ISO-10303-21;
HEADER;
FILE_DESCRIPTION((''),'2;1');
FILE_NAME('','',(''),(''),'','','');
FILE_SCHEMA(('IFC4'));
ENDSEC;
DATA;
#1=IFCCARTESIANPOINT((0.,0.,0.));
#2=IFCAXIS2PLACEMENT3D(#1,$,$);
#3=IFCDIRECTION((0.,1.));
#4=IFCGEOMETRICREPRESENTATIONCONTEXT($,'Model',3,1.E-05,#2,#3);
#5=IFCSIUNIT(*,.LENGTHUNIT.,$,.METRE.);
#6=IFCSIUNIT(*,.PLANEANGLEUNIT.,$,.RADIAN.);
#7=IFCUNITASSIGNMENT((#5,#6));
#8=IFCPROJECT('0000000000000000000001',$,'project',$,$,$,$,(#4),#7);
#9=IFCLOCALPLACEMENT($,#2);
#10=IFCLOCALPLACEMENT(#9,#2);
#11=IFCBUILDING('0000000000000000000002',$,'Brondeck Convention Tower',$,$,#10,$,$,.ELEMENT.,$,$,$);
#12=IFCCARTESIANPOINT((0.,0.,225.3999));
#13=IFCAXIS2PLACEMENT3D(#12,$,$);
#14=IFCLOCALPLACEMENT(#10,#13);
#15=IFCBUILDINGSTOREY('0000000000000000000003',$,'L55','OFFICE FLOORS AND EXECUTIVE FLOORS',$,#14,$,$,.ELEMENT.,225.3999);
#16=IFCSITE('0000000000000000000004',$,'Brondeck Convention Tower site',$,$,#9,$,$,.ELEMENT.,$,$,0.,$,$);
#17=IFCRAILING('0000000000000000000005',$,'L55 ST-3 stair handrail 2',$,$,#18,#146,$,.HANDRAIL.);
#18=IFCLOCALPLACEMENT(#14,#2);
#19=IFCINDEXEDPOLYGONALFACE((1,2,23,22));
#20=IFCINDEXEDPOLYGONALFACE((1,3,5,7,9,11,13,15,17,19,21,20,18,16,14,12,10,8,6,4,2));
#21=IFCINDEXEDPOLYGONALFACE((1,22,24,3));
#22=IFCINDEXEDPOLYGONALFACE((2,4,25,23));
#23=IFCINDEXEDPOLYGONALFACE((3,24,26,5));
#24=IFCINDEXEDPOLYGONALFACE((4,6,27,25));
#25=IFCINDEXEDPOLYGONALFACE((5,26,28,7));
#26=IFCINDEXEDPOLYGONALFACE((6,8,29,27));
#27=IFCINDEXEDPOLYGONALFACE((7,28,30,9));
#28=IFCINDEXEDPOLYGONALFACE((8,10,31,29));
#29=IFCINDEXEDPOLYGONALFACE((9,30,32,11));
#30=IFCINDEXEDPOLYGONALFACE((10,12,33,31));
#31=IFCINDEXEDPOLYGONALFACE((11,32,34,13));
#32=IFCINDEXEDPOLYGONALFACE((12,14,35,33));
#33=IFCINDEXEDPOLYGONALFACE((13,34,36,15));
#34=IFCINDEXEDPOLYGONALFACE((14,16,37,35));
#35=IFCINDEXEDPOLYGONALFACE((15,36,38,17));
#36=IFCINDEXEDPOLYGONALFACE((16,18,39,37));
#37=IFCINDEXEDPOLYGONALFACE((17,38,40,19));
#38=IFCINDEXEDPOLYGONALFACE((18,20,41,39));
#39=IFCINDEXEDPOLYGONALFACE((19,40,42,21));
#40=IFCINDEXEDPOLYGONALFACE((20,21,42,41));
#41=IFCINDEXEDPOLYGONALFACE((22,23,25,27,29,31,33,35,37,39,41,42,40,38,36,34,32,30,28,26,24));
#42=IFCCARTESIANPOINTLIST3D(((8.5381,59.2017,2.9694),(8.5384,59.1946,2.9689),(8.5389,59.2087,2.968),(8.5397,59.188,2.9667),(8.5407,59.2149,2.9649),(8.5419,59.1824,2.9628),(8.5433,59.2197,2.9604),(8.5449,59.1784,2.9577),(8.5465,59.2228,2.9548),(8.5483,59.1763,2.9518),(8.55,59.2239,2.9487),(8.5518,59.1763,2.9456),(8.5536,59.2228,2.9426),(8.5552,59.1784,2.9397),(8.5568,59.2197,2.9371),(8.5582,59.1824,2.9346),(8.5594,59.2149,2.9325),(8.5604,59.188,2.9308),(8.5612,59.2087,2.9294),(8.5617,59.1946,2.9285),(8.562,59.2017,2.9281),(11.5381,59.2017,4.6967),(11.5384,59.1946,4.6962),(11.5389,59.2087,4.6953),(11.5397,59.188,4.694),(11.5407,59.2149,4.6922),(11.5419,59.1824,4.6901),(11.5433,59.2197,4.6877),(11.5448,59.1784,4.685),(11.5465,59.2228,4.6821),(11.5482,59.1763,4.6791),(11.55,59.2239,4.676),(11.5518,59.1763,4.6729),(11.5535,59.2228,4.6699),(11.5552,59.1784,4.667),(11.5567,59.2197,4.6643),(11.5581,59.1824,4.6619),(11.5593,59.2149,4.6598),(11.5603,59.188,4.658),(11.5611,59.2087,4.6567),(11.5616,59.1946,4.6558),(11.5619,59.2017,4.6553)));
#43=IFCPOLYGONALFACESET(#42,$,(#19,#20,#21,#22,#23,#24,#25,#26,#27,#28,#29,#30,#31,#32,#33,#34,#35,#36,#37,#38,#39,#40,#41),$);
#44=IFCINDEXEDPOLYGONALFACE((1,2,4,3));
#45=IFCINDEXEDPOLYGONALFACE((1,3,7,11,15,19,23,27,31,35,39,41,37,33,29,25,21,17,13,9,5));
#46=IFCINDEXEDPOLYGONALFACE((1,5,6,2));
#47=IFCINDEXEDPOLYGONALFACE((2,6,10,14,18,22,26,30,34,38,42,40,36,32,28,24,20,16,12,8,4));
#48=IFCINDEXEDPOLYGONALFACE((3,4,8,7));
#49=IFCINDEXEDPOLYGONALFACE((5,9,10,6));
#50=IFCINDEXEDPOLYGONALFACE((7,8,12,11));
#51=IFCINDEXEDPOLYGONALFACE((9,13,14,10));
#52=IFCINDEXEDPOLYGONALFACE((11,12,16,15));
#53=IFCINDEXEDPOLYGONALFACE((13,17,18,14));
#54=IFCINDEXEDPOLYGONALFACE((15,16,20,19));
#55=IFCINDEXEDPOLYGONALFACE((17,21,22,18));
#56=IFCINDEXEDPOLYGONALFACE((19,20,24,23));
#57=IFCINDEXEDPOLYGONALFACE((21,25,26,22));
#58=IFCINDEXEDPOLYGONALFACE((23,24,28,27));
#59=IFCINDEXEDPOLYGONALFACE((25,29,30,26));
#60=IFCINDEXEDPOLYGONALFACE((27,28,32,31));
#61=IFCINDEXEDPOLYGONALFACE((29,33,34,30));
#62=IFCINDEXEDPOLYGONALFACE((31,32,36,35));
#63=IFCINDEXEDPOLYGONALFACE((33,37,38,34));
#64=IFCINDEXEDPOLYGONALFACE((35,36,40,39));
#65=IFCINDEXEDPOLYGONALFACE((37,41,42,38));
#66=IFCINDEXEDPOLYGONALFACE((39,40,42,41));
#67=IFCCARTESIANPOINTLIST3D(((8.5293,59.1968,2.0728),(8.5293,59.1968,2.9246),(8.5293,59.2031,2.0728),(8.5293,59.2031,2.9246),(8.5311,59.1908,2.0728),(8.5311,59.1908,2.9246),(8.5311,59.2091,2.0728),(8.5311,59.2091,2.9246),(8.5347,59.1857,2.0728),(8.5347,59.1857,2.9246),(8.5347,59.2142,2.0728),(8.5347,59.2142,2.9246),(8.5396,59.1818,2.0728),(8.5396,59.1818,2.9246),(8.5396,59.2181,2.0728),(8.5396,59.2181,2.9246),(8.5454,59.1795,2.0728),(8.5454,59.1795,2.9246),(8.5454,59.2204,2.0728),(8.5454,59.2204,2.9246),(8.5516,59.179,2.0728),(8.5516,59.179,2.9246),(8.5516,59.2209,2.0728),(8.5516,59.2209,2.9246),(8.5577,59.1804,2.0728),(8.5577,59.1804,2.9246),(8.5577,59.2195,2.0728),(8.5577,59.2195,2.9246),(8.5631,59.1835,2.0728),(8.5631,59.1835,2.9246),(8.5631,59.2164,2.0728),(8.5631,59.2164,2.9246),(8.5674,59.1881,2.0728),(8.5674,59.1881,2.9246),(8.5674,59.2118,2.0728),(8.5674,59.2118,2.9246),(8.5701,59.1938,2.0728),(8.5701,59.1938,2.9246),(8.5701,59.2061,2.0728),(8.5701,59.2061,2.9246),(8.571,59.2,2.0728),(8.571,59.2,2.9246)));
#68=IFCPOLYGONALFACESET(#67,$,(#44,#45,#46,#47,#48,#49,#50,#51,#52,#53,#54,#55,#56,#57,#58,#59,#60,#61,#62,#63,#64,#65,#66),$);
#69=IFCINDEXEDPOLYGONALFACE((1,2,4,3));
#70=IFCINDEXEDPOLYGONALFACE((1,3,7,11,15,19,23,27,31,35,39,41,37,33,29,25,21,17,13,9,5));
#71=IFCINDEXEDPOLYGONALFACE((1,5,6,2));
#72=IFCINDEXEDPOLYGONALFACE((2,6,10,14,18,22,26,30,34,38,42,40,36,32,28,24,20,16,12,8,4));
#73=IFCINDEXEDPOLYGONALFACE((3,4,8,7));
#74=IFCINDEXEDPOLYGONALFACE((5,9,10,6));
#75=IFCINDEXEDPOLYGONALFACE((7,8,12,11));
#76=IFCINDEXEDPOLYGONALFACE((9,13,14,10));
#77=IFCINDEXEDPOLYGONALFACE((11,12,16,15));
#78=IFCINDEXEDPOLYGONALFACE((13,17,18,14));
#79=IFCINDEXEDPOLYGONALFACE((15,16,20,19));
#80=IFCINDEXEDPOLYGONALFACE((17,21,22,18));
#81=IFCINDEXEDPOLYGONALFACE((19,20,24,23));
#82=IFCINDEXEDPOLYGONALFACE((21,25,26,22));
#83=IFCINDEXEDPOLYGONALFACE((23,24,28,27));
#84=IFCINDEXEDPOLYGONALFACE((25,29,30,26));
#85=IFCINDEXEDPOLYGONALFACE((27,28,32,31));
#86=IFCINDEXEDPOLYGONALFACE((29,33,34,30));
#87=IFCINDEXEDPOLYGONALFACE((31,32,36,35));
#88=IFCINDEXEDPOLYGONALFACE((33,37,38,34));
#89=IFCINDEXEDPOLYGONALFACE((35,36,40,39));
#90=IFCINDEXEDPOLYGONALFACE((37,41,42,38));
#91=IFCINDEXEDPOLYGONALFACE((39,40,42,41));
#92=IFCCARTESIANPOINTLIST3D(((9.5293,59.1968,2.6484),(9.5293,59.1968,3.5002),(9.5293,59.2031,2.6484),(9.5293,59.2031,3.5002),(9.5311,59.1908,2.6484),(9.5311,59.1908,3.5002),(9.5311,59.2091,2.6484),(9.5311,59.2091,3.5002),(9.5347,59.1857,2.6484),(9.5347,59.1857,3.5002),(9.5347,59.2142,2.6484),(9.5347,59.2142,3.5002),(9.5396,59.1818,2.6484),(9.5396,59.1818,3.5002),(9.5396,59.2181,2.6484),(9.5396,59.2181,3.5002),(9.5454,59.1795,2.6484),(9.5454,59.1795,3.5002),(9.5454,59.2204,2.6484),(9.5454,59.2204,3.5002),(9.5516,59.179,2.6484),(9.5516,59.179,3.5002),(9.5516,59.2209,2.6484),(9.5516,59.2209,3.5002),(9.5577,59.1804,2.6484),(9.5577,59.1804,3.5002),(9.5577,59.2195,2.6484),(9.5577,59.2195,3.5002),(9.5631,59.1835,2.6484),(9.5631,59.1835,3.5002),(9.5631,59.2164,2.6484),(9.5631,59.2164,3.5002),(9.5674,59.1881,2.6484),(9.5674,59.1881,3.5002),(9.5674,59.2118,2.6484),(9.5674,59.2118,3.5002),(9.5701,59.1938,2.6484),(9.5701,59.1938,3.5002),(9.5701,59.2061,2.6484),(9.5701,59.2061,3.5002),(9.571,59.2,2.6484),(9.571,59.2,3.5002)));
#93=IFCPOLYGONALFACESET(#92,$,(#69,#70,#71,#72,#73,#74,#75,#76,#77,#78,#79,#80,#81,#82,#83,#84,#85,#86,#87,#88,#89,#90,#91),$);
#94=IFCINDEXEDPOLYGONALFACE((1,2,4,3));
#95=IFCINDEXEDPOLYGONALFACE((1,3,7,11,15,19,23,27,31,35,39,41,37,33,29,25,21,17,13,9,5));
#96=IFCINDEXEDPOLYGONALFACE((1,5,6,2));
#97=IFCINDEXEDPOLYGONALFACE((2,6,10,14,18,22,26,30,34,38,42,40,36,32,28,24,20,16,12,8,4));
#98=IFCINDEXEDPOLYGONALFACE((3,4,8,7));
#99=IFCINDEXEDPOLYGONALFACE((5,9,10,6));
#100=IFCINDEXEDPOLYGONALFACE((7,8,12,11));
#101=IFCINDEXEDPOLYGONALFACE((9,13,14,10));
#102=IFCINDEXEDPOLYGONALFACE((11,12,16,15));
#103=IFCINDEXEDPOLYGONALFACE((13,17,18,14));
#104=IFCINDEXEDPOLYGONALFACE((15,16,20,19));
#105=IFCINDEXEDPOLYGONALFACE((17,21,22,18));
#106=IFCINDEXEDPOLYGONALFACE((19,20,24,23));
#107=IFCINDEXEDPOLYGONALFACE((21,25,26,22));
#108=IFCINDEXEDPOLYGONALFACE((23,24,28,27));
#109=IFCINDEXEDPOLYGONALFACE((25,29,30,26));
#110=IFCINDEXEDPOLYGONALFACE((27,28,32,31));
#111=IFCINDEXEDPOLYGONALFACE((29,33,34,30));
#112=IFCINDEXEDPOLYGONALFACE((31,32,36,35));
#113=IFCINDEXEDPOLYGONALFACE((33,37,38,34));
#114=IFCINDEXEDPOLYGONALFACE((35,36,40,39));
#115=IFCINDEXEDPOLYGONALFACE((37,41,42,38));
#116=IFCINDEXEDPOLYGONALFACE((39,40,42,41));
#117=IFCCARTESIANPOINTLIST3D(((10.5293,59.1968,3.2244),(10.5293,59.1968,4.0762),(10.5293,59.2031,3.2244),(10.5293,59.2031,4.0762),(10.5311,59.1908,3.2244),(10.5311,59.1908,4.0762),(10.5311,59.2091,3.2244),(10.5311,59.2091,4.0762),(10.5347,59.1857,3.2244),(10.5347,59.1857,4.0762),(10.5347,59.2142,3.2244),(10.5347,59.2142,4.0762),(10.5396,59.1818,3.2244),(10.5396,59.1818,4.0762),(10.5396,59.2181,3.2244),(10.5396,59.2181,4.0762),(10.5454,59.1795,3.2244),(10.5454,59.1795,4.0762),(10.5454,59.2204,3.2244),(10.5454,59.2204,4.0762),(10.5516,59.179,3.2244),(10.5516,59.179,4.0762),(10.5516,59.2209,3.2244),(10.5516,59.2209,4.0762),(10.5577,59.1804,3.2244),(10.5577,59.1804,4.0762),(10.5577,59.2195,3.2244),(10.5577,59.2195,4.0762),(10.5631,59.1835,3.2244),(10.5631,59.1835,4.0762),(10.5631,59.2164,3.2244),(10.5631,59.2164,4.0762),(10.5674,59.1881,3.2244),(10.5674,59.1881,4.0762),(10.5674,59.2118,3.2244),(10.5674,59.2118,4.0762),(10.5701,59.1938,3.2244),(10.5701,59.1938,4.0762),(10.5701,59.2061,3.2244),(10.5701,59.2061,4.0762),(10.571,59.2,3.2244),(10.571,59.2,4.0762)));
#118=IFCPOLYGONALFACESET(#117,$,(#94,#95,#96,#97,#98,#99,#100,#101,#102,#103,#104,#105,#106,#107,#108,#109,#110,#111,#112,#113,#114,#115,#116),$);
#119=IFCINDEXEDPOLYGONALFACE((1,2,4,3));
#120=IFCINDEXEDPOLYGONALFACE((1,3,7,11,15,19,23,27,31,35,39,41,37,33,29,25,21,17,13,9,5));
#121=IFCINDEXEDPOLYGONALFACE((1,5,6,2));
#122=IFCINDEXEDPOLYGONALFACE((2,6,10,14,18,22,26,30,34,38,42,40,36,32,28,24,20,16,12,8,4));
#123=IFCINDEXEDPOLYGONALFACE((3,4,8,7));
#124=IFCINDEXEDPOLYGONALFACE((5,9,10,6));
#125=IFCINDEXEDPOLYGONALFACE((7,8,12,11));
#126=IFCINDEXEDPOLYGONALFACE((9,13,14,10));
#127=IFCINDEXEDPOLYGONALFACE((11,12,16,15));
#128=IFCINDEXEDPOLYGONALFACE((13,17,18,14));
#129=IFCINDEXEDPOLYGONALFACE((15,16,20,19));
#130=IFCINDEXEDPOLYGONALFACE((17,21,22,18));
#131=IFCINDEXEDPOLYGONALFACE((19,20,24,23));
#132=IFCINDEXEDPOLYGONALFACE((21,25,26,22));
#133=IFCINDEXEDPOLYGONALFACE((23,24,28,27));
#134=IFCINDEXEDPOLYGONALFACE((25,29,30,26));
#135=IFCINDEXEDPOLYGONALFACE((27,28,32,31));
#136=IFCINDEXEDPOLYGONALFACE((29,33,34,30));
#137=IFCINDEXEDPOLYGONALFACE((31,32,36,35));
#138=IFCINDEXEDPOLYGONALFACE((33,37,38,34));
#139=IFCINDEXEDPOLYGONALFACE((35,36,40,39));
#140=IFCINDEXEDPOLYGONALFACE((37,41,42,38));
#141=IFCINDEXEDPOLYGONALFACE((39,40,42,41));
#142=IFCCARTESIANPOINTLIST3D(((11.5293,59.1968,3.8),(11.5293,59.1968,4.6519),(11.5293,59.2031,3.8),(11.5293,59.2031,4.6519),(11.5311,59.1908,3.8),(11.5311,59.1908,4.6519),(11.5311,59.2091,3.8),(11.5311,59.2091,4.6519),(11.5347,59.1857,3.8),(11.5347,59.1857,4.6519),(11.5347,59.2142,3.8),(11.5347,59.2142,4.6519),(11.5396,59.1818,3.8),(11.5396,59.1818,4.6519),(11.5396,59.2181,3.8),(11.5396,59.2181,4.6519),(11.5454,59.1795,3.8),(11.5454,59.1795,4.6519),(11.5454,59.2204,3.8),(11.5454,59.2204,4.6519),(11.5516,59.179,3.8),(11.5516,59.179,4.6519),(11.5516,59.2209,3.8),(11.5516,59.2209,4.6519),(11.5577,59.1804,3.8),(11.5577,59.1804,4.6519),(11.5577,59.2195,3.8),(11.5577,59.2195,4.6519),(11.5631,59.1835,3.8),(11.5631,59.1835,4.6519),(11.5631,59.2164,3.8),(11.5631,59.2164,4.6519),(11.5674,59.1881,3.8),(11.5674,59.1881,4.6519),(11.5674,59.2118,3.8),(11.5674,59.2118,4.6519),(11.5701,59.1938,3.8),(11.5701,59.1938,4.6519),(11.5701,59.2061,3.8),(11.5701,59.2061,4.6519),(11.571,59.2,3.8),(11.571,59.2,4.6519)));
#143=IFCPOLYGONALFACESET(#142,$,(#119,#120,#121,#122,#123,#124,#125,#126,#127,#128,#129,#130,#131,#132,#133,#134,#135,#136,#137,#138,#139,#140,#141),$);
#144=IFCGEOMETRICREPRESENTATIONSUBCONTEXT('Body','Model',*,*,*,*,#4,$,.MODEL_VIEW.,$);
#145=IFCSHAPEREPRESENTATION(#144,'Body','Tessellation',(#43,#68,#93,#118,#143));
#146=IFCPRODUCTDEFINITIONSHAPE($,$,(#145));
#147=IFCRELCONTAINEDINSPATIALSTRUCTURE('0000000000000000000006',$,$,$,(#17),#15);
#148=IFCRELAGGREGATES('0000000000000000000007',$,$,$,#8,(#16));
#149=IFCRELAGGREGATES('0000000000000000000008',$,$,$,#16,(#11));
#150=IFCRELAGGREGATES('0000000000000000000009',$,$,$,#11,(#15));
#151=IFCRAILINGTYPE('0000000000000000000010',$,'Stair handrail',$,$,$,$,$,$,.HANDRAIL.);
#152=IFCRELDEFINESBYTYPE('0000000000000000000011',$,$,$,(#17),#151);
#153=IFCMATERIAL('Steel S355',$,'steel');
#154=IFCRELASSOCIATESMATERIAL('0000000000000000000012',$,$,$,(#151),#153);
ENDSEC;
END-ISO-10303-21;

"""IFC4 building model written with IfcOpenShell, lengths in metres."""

from ifc_helpers import new_model, si_unit, direction, frame, origin, origin_2d, place, context, subcontext, project, spatial, circle, extrude, material, type_object, element, save


model = new_model("IFC4")

# Units and contexts
model_context = context("Model", 3, precision=1e-05, world=origin(), true_north=direction((0.0, 1.0)))
body_context = subcontext(model_context, "Body", "Model", "MODEL_VIEW")
ifc_project = project(units=[si_unit("LENGTHUNIT", "METRE"), si_unit("PLANEANGLEUNIT", "RADIAN")], contexts=[model_context])

# Site, building, storey
site_placement = place(None, origin())
site = spatial("IfcSite", under=ifc_project, at=site_placement, Name="Brondeck Convention Tower site", CompositionType="ELEMENT", RefElevation=0.0)
building_placement = place(site_placement, origin())
building = spatial("IfcBuilding", under=site, at=building_placement, Name="Brondeck Convention Tower", CompositionType="ELEMENT")
storey_placement = place(building_placement, frame((0.0, 0.0, 225.3999)))
storey = spatial("IfcBuildingStorey", under=building, at=storey_placement, Name="L55", Description="OFFICE FLOORS AND EXECUTIVE FLOORS", CompositionType="ELEMENT", Elevation=225.3999)

# Railing
ifc_material_1 = material(Name="Steel S355", Category="steel")
railing_type_1 = type_object("IfcRailingType", Name="Stair handrail", PredefinedType="HANDRAIL", material=ifc_material_1)
railing_1_placement = place(storey_placement, frame((8.55, 59.2, 2.0728)))
element("IfcRailing", 1, at=railing_1_placement, inside=storey, type_object=railing_type_1, Name="L55 ST-3 stair handrail 2", PredefinedType="HANDRAIL", context=body_context, shape_type="SweptSolid", body=[
    extrude(circle(Radius=0.0239, at=origin_2d()), frame((0.0, 0.0, 0.876), z_axis=(0.86662, 0.0, 0.498969), x_axis=(0.0, 1.0, 0.0)), (0.0, 0.0, 1.0), 3.4617),
    extrude(circle(Radius=0.021, at=origin_2d()), origin(), (0.0, 0.0, 1.0), 0.8518),
    extrude(circle(Radius=0.021, at=origin_2d()), frame((1.0, 0.0, 0.5757)), (0.0, 0.0, 1.0), 0.8518),
    extrude(circle(Radius=0.021, at=origin_2d()), frame((2.0, 0.0, 1.1516)), (0.0, 0.0, 1.0), 0.8518),
    extrude(circle(Radius=0.021, at=origin_2d()), frame((3.0, 0.0, 1.7273)), (0.0, 0.0, 1.0), 0.8518),
])

save(model, "model.ifc")
